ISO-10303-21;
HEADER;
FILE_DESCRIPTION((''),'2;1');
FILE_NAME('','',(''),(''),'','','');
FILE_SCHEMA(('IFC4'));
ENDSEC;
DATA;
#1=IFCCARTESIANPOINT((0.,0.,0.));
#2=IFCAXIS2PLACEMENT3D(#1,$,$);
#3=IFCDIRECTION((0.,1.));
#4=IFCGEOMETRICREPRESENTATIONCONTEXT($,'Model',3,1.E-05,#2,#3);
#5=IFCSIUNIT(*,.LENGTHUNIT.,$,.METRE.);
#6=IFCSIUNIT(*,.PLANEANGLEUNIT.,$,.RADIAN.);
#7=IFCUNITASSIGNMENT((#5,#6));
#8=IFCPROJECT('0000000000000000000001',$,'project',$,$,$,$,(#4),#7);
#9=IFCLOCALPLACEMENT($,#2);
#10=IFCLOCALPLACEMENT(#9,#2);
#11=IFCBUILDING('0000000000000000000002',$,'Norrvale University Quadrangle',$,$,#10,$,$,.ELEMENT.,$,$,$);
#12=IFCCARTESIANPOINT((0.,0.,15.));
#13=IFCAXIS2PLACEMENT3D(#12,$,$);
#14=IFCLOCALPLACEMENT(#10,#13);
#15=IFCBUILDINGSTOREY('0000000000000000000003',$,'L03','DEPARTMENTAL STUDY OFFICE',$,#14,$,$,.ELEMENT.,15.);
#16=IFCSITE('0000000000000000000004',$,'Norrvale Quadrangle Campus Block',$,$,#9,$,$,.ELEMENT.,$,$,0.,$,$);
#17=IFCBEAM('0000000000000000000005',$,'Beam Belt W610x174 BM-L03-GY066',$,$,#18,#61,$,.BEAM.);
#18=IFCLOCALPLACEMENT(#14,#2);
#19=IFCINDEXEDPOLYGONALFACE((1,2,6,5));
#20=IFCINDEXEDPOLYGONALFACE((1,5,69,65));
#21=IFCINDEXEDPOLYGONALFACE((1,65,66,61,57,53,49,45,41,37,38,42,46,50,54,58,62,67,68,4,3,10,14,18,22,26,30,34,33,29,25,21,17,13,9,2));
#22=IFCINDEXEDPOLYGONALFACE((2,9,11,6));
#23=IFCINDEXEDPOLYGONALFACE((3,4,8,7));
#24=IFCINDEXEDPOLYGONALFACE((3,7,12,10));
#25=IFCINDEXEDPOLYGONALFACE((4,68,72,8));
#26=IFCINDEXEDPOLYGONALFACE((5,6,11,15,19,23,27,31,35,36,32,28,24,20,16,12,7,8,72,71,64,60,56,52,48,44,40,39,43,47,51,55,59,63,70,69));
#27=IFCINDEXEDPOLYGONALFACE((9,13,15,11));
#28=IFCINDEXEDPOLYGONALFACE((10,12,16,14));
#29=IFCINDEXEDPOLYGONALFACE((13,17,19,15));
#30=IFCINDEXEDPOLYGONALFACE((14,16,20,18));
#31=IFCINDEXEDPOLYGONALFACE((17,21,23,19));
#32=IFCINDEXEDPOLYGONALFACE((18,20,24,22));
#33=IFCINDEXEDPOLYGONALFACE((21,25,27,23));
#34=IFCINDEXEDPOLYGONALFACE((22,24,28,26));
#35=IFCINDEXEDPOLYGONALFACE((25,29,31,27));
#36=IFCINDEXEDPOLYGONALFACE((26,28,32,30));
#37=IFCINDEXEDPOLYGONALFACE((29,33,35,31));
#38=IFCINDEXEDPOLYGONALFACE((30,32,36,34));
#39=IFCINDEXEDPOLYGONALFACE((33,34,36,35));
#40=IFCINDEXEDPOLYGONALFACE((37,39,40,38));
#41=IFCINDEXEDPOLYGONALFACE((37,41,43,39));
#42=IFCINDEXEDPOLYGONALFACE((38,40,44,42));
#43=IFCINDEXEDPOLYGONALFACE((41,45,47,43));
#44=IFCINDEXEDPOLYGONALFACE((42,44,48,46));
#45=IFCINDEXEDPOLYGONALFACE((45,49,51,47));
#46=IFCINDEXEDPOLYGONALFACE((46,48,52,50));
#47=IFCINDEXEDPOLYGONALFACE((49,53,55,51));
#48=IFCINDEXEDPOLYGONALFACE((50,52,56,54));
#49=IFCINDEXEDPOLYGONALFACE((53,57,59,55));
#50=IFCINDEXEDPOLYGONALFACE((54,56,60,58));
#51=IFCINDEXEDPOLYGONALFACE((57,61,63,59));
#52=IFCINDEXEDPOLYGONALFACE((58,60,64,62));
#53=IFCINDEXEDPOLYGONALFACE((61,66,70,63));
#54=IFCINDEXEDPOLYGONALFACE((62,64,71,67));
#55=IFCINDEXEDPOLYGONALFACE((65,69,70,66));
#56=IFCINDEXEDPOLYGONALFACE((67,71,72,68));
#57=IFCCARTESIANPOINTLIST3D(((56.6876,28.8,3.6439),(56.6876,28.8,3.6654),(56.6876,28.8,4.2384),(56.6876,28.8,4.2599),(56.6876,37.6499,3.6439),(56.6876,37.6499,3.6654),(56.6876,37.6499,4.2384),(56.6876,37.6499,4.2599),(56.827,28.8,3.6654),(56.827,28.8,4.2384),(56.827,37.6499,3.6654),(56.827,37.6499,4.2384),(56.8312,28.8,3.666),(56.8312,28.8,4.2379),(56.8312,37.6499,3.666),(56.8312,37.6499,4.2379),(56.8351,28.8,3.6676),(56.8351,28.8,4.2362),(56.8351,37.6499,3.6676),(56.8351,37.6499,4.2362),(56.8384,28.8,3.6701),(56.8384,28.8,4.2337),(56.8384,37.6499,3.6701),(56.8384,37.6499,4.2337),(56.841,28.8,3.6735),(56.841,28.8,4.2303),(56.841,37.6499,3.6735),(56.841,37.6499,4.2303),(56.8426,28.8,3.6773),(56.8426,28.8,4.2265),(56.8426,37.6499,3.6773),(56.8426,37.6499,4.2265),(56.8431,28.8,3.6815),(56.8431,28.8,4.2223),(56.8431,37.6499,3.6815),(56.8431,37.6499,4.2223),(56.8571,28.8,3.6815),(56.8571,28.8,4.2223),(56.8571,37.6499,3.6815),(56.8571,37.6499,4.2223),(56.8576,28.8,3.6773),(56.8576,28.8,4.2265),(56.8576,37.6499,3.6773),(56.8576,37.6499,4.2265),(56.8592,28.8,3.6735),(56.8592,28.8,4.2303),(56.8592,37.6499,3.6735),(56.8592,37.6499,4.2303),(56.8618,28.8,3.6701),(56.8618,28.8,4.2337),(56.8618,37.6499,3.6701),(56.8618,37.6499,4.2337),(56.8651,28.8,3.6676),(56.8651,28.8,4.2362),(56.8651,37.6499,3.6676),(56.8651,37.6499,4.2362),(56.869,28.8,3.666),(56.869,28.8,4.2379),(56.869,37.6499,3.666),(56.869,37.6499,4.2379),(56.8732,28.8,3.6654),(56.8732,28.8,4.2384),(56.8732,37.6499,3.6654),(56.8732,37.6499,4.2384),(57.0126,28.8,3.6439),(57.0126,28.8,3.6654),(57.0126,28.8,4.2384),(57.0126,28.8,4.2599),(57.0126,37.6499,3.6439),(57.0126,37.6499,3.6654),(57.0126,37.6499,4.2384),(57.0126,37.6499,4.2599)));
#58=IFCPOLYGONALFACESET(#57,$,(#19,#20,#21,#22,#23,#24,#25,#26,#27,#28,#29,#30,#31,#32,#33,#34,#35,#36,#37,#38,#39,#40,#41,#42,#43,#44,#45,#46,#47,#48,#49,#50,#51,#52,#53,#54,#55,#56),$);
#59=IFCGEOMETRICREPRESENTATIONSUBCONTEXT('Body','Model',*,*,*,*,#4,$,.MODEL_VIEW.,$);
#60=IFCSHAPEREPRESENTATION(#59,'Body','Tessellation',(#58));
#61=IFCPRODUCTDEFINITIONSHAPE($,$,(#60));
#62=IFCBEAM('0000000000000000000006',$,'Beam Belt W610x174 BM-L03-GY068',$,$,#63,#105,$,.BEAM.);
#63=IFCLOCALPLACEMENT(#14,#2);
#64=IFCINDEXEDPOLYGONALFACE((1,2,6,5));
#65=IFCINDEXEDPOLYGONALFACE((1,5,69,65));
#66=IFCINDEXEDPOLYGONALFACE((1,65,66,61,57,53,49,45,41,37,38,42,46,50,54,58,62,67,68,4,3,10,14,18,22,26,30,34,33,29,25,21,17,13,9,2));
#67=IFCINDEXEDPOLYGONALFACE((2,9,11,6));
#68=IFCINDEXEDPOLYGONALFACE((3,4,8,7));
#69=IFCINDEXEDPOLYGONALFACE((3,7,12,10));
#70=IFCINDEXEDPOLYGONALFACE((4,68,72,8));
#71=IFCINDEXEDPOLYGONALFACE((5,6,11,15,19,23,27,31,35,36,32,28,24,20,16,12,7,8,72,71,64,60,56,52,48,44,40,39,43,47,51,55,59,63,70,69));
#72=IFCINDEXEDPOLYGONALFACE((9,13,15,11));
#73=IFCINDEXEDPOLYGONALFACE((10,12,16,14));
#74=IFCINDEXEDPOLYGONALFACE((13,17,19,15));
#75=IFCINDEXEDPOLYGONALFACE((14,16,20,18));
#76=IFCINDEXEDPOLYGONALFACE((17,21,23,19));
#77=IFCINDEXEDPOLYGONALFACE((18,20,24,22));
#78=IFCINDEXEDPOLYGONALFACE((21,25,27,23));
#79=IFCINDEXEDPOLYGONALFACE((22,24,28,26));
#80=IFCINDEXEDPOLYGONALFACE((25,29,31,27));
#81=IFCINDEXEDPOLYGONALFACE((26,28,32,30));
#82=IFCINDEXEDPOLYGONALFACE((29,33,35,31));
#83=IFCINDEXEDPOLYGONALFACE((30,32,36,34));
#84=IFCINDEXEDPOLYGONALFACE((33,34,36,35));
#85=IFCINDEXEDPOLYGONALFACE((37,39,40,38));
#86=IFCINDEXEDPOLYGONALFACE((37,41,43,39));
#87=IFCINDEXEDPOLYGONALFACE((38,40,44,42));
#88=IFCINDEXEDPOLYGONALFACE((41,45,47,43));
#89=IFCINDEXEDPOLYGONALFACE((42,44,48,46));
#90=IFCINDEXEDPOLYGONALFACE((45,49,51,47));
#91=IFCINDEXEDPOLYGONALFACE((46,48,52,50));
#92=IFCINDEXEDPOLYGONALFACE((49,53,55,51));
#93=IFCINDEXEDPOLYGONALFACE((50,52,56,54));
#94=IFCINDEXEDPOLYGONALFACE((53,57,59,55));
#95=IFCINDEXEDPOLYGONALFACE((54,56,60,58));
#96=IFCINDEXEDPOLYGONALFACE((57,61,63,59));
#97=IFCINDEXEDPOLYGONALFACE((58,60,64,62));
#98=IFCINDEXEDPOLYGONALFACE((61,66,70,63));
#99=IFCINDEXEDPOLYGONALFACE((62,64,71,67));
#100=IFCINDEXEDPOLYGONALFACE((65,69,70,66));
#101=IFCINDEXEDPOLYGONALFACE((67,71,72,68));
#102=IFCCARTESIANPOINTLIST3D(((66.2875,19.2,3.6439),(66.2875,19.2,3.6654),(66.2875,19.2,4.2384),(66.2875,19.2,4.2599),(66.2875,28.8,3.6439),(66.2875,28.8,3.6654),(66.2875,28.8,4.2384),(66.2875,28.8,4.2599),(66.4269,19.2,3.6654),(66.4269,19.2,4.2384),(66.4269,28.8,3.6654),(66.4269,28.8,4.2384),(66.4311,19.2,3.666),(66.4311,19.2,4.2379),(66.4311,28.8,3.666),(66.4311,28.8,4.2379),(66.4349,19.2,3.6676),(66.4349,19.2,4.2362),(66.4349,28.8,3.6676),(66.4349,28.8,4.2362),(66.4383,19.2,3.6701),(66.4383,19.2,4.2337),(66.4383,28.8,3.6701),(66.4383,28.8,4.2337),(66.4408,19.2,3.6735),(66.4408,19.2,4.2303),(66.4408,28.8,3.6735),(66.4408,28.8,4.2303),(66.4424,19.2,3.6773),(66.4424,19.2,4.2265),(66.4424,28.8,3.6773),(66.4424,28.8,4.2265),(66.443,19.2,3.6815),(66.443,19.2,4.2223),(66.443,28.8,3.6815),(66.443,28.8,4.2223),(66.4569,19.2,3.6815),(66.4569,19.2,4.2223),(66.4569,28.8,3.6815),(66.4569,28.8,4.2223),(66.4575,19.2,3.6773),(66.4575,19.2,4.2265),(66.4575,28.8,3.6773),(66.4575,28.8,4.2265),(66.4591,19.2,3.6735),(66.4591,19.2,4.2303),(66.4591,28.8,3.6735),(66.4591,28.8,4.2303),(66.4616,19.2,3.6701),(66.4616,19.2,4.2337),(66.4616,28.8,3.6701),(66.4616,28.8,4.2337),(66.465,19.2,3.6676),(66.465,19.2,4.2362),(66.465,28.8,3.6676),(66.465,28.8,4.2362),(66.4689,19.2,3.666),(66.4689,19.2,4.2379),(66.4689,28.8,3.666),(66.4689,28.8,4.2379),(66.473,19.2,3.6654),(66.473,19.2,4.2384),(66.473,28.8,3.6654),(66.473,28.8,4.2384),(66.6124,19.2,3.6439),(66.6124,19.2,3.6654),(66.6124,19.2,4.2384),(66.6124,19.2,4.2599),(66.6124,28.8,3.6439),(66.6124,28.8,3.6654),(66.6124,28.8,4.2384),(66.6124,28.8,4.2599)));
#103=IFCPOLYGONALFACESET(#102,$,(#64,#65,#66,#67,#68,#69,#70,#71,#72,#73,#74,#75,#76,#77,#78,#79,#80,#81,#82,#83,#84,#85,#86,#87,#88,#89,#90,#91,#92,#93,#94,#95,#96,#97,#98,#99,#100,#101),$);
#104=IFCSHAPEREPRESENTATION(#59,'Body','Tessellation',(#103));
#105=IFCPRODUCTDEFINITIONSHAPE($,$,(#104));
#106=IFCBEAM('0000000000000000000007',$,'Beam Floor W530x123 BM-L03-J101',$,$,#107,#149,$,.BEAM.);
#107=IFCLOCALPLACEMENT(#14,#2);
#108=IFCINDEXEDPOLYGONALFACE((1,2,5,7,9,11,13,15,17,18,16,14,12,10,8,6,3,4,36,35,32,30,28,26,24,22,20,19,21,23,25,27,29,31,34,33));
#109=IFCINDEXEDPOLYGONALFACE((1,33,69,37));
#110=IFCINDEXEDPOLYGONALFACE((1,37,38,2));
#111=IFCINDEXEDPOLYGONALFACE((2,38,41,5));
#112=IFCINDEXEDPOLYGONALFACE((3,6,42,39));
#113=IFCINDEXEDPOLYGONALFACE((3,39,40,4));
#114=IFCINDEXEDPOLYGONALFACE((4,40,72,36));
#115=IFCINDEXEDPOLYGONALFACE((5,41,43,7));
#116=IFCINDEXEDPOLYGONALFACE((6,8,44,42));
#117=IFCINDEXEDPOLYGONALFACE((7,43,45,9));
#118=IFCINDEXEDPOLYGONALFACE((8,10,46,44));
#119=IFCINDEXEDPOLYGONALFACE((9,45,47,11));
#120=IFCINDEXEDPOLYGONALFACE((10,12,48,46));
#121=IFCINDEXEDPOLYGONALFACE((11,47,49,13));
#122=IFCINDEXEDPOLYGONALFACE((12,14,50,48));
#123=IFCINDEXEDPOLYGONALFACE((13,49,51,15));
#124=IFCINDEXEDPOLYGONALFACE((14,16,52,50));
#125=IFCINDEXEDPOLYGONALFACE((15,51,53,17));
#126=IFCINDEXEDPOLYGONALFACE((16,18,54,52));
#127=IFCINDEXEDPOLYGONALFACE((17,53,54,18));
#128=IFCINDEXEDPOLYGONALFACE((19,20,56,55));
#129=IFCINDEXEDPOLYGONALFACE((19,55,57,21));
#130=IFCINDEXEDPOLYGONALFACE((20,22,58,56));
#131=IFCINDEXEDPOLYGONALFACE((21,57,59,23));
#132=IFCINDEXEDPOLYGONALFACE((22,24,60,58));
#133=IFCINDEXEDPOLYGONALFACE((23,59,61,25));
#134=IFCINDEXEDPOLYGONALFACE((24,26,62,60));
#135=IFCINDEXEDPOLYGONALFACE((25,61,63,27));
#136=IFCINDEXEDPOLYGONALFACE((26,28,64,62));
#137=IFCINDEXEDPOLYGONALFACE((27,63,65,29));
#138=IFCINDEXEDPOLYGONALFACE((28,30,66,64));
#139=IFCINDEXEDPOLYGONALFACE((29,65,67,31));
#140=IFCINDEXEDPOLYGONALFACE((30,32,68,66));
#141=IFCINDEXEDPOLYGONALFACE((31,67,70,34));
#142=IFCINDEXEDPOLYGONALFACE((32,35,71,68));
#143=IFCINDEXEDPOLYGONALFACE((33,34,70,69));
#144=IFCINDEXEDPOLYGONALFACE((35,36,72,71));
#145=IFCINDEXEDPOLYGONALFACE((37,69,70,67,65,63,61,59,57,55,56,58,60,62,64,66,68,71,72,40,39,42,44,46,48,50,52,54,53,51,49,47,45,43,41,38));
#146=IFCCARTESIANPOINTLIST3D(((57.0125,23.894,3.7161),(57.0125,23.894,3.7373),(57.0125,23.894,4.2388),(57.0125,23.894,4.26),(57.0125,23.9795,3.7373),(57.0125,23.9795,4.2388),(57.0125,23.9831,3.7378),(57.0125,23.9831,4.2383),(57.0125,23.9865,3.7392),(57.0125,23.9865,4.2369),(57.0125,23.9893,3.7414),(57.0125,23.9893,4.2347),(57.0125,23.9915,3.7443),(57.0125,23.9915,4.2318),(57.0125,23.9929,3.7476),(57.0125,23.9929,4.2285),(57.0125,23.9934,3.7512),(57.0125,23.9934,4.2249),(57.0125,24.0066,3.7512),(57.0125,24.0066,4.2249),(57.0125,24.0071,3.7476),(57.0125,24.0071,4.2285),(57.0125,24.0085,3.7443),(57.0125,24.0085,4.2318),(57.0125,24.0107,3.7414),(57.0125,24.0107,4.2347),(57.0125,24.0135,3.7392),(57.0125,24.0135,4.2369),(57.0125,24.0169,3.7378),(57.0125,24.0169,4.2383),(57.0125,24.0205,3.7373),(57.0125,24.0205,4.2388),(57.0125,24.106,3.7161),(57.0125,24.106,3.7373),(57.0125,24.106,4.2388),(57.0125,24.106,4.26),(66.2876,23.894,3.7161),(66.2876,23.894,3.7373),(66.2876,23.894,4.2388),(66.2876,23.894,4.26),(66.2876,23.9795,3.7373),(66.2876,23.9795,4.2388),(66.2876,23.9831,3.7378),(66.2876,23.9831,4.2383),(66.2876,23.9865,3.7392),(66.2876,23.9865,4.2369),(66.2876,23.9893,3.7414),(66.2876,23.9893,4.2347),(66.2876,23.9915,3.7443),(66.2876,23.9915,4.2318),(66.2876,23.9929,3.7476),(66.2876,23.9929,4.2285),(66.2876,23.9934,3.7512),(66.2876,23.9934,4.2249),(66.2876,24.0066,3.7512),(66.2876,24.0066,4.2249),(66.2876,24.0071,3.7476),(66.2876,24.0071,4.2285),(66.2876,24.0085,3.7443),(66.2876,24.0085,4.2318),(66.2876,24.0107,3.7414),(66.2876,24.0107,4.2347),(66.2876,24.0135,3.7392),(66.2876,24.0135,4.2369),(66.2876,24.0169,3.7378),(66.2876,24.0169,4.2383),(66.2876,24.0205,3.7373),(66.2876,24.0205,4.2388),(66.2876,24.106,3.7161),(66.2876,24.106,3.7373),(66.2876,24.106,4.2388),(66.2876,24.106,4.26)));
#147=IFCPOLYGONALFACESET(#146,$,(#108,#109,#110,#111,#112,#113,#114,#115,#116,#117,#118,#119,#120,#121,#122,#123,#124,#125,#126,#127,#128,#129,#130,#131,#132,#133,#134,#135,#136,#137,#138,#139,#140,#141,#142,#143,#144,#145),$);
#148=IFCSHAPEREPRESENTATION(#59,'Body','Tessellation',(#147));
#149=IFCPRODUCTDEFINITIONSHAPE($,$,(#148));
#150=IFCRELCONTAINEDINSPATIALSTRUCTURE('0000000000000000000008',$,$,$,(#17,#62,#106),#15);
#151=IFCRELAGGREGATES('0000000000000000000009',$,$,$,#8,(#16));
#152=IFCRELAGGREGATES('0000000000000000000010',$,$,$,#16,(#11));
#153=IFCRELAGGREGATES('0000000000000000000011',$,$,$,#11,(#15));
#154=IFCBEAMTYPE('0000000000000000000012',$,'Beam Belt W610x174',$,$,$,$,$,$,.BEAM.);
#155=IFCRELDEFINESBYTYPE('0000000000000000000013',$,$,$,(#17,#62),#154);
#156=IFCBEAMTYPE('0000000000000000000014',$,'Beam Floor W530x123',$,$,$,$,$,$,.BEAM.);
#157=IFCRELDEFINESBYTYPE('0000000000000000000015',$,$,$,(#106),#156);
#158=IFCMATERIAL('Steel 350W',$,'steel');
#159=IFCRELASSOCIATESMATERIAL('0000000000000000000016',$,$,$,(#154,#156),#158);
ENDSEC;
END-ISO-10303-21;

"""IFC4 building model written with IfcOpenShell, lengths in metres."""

from ifc_helpers import new_model, si_unit, direction, frame, origin, origin_2d, place, context, subcontext, project, spatial, i_section, extrude, material, material_profile, profile_set, type_object, element, save


model = new_model("IFC4")

# Units and contexts
model_context = context("Model", 3, precision=1e-05, world=origin(), true_north=direction((0.0, 1.0)))
body_context = subcontext(model_context, "Body", "Model", "MODEL_VIEW")
ifc_project = project(units=[si_unit("LENGTHUNIT", "METRE"), si_unit("PLANEANGLEUNIT", "RADIAN")], contexts=[model_context])

# Site, building, storey
site_placement = place(None, origin())
site = spatial("IfcSite", under=ifc_project, at=site_placement, Name="Norrvale Quadrangle Campus Block", CompositionType="ELEMENT", RefElevation=0.0)
building_placement = place(site_placement, origin())
building = spatial("IfcBuilding", under=site, at=building_placement, Name="Norrvale University Quadrangle", CompositionType="ELEMENT")
storey_placement = place(building_placement, frame((0.0, 0.0, 15.0)))
storey = spatial("IfcBuildingStorey", under=building, at=storey_placement, Name="L03", Description="DEPARTMENTAL STUDY OFFICE", CompositionType="ELEMENT", Elevation=15.0)

# Beams
ifc_material_1 = material(Name="Steel 350W", Category="steel")
ifc_material_profile_1 = material_profile(ifc_material_1, i_section(OverallWidth=0.325, OverallDepth=0.616, WebThickness=0.0139, FlangeThickness=0.0215, FilletRadius=0.0161, at=origin_2d()), Name="Steel 350W")
ifc_profile_set_1 = profile_set([ifc_material_profile_1], Name="Steel 350W")
beam_type_1 = type_object("IfcBeamType", Name="Beam Belt W610x174", PredefinedType="BEAM", material=ifc_profile_set_1)
beam_1_placement = place(storey_placement, frame((56.8501, 28.8, 3.9519), z_axis=(0.0, 1.0, 0.0), x_axis=(-1.0, 0.0, 0.0)))
element("IfcBeam", 1, at=beam_1_placement, inside=storey, type_object=beam_type_1, Name="Beam Belt W610x174 BM-L03-GY066", PredefinedType="BEAM", context=body_context, shape_type="SweptSolid", body=[
    extrude(i_section(OverallWidth=0.325, OverallDepth=0.616, WebThickness=0.0139, FlangeThickness=0.0215, FilletRadius=0.0161, at=origin_2d()), origin(), (0.0, 0.0, 1.0), 8.8499),
])
beam_2_placement = place(storey_placement, frame((66.45, 19.2, 3.9519), z_axis=(0.0, 1.0, 0.0), x_axis=(-1.0, 0.0, 0.0)))
element("IfcBeam", 2, at=beam_2_placement, inside=storey, type_object=beam_type_1, Name="Beam Belt W610x174 BM-L03-GY068", PredefinedType="BEAM", context=body_context, shape_type="SweptSolid", body=[
    extrude(i_section(OverallWidth=0.325, OverallDepth=0.616, WebThickness=0.0139, FlangeThickness=0.0215, FilletRadius=0.0161, at=origin_2d()), origin(), (0.0, 0.0, 1.0), 9.6001),
])
ifc_material_profile_2 = material_profile(ifc_material_1, i_section(OverallWidth=0.2119, OverallDepth=0.5439, WebThickness=0.0132, FlangeThickness=0.0212, FilletRadius=0.0139, at=origin_2d()), Name="Steel 350W")
ifc_profile_set_2 = profile_set([ifc_material_profile_2], Name="Steel 350W")
beam_type_2 = type_object("IfcBeamType", Name="Beam Floor W530x123", PredefinedType="BEAM", material=ifc_profile_set_2)
beam_3_placement = place(storey_placement, frame((57.0125, 24.0, 3.988), z_axis=(1.0, 0.0, 0.0), x_axis=(0.0, 1.0, 0.0)))
element("IfcBeam", 3, at=beam_3_placement, inside=storey, type_object=beam_type_2, Name="Beam Floor W530x123 BM-L03-J101", PredefinedType="BEAM", context=body_context, shape_type="SweptSolid", body=[
    extrude(i_section(OverallWidth=0.2119, OverallDepth=0.5439, WebThickness=0.0132, FlangeThickness=0.0212, FilletRadius=0.0139, at=origin_2d()), origin(), (0.0, 0.0, 1.0), 9.2751),
])

save(model, "model.ifc")
